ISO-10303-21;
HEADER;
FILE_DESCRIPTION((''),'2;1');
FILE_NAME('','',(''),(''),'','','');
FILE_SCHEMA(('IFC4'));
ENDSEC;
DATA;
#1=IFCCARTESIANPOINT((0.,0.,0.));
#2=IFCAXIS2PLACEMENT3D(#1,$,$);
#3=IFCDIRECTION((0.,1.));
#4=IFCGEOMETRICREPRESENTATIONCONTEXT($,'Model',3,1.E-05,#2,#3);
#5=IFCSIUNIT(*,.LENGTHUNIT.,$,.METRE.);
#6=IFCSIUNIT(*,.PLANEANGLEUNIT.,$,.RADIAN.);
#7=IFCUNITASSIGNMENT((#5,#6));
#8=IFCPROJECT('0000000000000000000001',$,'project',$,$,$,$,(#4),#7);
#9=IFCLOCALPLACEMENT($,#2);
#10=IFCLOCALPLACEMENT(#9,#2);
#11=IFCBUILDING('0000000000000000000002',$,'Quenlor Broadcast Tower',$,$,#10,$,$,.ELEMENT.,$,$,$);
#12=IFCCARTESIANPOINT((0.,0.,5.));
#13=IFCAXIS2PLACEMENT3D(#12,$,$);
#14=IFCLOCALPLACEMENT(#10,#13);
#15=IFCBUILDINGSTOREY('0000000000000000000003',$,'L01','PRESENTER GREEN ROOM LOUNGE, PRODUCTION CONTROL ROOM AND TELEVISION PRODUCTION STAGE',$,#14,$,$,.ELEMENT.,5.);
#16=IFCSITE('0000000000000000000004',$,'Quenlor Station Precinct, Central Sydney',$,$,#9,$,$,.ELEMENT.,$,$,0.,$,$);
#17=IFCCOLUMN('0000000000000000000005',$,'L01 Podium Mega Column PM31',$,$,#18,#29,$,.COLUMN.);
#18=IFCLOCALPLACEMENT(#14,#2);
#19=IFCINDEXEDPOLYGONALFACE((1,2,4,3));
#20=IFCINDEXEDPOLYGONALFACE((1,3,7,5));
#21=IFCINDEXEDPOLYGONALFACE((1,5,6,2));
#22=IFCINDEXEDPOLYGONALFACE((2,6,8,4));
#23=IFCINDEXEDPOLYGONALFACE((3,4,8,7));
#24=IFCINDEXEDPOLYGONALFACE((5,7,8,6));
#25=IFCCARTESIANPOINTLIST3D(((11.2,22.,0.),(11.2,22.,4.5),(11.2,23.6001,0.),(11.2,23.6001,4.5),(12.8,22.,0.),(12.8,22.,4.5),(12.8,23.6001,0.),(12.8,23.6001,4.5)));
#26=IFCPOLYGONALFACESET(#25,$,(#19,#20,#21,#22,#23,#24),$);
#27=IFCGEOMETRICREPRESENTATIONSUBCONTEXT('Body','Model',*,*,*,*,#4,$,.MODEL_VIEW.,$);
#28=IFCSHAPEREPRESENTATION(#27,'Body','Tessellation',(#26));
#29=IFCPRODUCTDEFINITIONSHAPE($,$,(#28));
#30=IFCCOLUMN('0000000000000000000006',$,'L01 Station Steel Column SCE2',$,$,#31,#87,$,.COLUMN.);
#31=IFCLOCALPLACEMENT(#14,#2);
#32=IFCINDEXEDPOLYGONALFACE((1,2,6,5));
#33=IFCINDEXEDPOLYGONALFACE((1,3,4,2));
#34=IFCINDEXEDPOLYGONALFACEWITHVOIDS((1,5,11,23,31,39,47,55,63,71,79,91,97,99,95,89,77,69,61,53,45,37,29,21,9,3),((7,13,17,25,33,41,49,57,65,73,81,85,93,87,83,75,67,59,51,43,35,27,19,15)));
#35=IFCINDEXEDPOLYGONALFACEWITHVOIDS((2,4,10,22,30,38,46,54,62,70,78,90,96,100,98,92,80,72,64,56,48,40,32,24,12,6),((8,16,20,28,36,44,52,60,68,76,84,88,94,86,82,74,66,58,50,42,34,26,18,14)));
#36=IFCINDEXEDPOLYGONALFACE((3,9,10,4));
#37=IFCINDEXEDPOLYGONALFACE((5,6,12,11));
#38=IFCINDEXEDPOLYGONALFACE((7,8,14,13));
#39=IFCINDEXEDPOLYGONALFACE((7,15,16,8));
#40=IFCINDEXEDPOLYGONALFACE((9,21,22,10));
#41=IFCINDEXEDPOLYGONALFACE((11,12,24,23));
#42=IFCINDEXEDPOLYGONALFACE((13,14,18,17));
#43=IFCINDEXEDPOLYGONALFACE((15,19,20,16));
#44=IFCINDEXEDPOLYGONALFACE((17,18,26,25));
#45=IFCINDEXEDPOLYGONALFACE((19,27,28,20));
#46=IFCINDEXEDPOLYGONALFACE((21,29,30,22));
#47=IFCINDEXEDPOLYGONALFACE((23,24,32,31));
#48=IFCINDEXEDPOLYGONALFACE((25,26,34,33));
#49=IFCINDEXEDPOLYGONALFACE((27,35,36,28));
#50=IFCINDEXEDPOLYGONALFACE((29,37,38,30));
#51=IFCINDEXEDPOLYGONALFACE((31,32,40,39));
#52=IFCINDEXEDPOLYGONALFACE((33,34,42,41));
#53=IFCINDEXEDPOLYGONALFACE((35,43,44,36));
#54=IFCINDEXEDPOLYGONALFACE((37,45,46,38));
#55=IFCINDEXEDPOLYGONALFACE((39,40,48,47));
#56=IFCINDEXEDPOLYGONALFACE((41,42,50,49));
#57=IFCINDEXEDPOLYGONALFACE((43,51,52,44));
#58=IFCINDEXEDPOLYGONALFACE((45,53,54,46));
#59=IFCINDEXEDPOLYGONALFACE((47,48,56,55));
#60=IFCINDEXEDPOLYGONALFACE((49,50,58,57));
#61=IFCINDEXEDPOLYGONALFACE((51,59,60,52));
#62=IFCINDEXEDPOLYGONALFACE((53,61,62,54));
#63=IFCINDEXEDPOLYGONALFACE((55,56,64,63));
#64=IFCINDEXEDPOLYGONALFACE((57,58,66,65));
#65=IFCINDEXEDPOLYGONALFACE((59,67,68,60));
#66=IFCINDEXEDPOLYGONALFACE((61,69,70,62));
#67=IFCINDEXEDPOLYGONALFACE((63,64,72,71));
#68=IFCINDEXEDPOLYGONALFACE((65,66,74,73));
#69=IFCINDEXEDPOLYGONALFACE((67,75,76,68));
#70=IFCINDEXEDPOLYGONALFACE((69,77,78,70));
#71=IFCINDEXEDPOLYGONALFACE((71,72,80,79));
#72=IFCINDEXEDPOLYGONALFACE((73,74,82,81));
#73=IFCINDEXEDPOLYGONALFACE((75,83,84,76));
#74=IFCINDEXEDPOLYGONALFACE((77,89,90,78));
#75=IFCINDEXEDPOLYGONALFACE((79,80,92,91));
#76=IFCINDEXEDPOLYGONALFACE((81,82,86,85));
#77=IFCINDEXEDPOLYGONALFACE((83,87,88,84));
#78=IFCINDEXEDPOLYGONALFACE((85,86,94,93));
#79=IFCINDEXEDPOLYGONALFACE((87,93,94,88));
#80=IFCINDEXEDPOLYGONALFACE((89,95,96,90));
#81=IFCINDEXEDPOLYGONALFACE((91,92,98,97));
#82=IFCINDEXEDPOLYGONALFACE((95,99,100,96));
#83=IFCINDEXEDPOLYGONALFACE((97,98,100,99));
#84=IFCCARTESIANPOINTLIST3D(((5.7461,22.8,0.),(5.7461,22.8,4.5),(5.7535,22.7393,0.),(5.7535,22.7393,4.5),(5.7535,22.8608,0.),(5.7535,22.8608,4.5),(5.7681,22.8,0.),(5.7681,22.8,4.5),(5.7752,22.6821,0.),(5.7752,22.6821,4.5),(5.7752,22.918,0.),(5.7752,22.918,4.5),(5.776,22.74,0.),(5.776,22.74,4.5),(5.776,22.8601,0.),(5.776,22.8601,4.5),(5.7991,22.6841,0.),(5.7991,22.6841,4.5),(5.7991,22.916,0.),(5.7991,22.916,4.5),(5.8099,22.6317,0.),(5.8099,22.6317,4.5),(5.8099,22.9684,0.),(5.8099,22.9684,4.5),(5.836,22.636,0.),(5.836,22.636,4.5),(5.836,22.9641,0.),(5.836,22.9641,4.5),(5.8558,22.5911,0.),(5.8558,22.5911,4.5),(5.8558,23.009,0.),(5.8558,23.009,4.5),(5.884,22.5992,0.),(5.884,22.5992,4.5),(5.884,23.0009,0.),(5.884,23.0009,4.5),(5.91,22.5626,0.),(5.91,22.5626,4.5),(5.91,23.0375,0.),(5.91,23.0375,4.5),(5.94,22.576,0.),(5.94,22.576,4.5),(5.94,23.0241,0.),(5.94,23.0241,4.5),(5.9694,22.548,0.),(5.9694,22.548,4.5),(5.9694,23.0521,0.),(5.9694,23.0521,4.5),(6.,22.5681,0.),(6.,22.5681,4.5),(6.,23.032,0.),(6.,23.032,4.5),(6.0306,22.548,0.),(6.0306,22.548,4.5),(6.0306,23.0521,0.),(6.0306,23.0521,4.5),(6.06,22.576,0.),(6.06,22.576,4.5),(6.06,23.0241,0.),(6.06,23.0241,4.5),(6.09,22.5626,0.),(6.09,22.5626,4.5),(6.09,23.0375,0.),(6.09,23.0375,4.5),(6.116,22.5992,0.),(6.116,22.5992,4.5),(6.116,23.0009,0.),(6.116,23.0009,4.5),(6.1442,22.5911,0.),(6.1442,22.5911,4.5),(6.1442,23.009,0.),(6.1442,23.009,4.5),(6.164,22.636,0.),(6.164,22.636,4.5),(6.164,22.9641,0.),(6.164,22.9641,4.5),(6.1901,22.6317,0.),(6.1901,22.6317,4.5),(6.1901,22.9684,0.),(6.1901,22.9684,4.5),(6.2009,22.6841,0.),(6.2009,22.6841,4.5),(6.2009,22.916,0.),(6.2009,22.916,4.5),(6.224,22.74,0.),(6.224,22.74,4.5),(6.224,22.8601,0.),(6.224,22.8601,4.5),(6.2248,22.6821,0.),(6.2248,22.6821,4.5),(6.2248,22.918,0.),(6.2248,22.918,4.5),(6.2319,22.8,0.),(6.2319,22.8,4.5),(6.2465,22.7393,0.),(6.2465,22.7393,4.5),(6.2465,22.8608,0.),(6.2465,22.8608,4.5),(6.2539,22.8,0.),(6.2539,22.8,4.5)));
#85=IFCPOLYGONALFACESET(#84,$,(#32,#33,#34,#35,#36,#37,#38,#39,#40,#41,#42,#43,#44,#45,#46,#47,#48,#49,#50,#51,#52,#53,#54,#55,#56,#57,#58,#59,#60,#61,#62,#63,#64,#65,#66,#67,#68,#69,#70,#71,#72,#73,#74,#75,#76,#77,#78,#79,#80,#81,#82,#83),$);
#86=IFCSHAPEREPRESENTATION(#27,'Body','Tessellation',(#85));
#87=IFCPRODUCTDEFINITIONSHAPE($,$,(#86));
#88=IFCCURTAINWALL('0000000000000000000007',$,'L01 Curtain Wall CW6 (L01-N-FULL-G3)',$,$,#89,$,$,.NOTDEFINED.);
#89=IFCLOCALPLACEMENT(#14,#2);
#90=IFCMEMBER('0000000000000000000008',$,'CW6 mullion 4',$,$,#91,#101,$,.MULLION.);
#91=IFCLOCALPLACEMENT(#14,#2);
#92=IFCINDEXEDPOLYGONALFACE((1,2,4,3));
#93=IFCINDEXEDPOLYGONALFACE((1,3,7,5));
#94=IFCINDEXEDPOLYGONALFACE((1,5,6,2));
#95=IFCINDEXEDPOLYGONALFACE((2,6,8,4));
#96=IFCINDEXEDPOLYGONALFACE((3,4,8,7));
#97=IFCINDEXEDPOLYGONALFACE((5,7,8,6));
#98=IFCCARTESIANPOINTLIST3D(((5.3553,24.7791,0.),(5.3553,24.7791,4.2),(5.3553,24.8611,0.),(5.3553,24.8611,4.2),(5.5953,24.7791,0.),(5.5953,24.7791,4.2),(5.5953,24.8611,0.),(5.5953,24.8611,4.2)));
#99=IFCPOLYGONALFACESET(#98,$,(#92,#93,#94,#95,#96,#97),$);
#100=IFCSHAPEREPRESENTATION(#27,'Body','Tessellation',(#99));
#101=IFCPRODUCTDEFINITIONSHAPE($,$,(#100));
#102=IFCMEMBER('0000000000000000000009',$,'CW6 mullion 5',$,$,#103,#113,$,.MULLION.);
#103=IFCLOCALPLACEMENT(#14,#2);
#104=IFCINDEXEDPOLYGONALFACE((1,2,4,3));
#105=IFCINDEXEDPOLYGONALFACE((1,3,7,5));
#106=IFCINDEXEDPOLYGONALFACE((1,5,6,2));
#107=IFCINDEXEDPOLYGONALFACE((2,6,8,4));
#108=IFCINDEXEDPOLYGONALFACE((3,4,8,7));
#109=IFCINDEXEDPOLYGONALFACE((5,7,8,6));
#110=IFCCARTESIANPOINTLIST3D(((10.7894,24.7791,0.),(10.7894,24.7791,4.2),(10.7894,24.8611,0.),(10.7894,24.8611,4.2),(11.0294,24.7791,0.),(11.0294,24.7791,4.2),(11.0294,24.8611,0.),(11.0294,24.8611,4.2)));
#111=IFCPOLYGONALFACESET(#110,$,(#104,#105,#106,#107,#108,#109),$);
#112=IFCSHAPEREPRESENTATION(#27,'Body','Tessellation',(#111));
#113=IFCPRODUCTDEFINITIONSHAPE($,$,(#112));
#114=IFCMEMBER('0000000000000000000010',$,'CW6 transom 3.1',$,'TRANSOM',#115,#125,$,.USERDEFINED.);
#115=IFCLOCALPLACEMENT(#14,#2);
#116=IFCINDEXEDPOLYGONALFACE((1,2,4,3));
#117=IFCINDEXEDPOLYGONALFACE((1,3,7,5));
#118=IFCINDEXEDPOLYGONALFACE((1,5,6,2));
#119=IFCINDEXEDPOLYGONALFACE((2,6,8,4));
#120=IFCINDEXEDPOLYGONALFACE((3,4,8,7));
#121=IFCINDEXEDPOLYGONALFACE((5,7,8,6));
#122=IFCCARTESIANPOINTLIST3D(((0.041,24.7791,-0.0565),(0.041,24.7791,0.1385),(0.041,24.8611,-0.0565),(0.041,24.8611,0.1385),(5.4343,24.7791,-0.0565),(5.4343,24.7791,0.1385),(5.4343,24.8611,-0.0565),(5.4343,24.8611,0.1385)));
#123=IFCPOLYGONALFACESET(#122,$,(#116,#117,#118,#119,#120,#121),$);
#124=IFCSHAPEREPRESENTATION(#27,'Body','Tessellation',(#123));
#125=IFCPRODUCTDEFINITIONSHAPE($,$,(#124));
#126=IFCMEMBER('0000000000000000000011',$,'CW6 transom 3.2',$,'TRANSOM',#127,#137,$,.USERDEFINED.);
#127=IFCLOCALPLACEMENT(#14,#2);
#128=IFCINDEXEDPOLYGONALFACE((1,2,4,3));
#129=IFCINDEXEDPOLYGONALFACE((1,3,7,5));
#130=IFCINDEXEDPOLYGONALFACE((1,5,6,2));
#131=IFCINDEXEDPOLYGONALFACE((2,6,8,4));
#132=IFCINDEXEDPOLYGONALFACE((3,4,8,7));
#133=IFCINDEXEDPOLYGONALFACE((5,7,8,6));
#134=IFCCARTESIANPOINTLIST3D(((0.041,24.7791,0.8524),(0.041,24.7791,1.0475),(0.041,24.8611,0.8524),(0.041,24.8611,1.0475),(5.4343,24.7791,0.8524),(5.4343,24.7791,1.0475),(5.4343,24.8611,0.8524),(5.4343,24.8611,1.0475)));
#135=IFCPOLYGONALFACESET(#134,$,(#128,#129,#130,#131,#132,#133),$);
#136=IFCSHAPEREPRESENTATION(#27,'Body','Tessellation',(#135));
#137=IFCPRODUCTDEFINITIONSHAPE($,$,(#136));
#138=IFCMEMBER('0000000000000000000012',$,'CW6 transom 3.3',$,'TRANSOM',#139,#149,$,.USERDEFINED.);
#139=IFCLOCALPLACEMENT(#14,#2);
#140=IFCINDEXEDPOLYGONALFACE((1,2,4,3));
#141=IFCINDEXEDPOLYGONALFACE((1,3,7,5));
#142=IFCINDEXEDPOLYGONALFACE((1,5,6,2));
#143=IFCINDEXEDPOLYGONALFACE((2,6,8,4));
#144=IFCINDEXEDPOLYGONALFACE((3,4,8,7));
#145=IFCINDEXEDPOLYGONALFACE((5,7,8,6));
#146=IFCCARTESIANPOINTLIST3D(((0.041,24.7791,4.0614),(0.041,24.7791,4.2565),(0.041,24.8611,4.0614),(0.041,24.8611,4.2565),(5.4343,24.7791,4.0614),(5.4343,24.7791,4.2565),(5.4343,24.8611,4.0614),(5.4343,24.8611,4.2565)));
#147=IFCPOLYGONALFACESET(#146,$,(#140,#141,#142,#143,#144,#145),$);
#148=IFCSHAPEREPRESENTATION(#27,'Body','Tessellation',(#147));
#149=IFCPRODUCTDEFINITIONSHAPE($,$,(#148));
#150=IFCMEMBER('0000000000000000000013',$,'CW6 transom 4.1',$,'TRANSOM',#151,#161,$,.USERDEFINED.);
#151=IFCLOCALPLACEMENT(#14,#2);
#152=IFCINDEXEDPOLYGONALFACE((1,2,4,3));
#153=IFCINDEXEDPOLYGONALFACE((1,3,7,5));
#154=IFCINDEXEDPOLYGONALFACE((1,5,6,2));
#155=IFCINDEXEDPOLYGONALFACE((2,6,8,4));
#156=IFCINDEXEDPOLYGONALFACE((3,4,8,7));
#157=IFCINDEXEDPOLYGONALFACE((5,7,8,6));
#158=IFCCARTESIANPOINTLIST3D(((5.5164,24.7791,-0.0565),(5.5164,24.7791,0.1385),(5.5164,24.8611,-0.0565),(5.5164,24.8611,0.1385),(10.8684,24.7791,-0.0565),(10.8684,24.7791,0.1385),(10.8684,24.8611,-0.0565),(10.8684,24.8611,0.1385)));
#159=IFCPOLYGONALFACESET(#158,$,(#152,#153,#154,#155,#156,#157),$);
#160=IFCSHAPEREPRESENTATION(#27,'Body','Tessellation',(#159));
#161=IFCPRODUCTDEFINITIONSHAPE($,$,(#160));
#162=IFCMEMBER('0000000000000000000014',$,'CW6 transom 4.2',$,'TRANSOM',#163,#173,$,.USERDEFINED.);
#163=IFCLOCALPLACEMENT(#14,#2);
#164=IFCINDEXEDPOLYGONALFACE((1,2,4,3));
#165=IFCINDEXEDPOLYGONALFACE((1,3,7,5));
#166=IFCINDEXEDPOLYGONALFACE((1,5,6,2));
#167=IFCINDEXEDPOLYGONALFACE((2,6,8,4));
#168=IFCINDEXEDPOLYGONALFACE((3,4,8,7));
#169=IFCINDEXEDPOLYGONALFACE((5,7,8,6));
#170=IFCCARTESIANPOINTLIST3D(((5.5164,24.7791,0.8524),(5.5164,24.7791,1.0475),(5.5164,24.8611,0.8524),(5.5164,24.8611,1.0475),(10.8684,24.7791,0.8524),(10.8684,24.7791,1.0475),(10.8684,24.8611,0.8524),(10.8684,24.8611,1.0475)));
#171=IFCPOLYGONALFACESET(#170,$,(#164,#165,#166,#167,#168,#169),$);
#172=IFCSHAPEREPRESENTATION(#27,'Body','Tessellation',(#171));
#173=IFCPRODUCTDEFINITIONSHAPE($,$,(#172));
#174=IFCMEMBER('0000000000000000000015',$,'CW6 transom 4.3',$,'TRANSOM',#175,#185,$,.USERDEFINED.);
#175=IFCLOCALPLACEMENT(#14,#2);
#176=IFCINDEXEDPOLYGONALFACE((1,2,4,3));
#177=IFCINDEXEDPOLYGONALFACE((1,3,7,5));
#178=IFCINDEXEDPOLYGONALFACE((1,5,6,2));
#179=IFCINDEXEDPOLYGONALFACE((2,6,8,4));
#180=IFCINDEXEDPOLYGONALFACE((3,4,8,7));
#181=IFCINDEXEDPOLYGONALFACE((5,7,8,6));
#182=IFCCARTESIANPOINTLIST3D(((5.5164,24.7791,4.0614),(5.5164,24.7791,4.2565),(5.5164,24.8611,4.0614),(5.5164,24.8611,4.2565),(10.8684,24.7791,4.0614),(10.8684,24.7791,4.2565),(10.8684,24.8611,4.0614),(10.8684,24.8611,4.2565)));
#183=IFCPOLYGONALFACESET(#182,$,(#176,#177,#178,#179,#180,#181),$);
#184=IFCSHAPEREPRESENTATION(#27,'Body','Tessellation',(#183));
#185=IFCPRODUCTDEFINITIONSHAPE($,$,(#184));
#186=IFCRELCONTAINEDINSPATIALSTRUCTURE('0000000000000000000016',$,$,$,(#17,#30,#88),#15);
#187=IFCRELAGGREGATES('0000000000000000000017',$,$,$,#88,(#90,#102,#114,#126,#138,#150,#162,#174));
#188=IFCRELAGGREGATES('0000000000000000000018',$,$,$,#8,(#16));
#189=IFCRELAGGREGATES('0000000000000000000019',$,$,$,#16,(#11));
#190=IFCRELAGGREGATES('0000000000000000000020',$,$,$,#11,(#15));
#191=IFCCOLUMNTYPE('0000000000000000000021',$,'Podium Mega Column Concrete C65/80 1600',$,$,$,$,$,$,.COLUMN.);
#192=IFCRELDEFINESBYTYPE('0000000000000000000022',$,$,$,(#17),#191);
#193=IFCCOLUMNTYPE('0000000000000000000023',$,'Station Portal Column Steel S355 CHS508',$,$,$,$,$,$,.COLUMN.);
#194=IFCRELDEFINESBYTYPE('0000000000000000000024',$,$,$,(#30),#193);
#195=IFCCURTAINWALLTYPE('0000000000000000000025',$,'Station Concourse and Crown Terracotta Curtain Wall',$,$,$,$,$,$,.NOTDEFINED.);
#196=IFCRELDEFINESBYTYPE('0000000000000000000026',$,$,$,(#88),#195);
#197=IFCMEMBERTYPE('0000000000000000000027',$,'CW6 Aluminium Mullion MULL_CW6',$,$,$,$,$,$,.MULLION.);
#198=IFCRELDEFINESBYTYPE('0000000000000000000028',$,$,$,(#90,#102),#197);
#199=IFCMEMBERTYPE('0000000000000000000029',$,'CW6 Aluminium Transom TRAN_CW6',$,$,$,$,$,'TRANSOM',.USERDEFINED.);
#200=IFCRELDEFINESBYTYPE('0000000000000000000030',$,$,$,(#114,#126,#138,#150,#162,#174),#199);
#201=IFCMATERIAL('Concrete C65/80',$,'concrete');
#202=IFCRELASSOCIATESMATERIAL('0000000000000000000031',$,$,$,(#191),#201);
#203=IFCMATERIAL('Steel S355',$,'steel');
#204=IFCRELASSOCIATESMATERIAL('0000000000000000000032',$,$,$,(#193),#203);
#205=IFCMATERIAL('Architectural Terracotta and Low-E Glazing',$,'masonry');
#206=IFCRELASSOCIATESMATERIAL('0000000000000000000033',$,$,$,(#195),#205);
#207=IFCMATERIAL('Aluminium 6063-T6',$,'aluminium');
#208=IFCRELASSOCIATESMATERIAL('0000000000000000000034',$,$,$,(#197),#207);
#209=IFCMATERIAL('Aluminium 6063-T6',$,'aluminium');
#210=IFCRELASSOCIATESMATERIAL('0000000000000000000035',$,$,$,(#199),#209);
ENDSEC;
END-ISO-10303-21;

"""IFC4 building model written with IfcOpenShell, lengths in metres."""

from ifc_helpers import new_model, si_unit, direction, frame, origin, origin_2d, place, context, subcontext, project, spatial, rectangle, hollow_circle, extrude, material, material_profile, profile_set, type_object, element, aggregate, save


model = new_model("IFC4")

# Units and contexts
model_context = context("Model", 3, precision=1e-05, world=origin(), true_north=direction((0.0, 1.0)))
body_context = subcontext(model_context, "Body", "Model", "MODEL_VIEW")
ifc_project = project(units=[si_unit("LENGTHUNIT", "METRE"), si_unit("PLANEANGLEUNIT", "RADIAN")], contexts=[model_context])

# Site, building, storey
site_placement = place(None, origin())
site = spatial("IfcSite", under=ifc_project, at=site_placement, Name="Quenlor Station Precinct, Central Sydney", CompositionType="ELEMENT", RefElevation=0.0)
building_placement = place(site_placement, origin())
building = spatial("IfcBuilding", under=site, at=building_placement, Name="Quenlor Broadcast Tower", CompositionType="ELEMENT")
storey_placement = place(building_placement, frame((0.0, 0.0, 5.0)))
storey = spatial("IfcBuildingStorey", under=building, at=storey_placement, Name="L01", Description="PRESENTER GREEN ROOM LOUNGE, PRODUCTION CONTROL ROOM AND TELEVISION PRODUCTION STAGE", CompositionType="ELEMENT", Elevation=5.0)

# Columns
ifc_material_1 = material(Name="Concrete C65/80", Category="concrete")
ifc_material_profile_1 = material_profile(ifc_material_1, rectangle(XDim=1.6001, YDim=1.6001, at=origin_2d()))
ifc_profile_set_1 = profile_set([ifc_material_profile_1], Name="Concrete C65/80 RC1600x1600")
column_type_1 = type_object("IfcColumnType", Name="Podium Mega Column Concrete C65/80 1600", PredefinedType="COLUMN", material=ifc_profile_set_1)
column_1_placement = place(storey_placement, frame((12.0, 22.8, 0.0), z_axis=(0.0, 0.0, 1.0), x_axis=(1.0, 0.0, 0.0)))
element("IfcColumn", 1, at=column_1_placement, inside=storey, type_object=column_type_1, Name="L01 Podium Mega Column PM31", PredefinedType="COLUMN", context=body_context, shape_type="SweptSolid", body=[
    extrude(rectangle(XDim=1.6001, YDim=1.6001, at=origin_2d()), origin(), (0.0, 0.0, 1.0), 4.5),
])
ifc_material_2 = material(Name="Steel S355", Category="steel")
ifc_material_profile_2 = material_profile(ifc_material_2, hollow_circle(Radius=0.2539, WallThickness=0.022, at=origin_2d()))
ifc_profile_set_2 = profile_set([ifc_material_profile_2], Name="Steel S355 CHS508x22")
column_type_2 = type_object("IfcColumnType", Name="Station Portal Column Steel S355 CHS508", PredefinedType="COLUMN", material=ifc_profile_set_2)
column_2_placement = place(storey_placement, frame((6.0, 22.8, 0.0), z_axis=(0.0, 0.0, 1.0), x_axis=(1.0, 0.0, 0.0)))
element("IfcColumn", 2, at=column_2_placement, inside=storey, type_object=column_type_2, Name="L01 Station Steel Column SCE2", PredefinedType="COLUMN", context=body_context, shape_type="SweptSolid", body=[
    extrude(hollow_circle(Radius=0.2539, WallThickness=0.022, at=origin_2d()), origin(), (0.0, 0.0, 1.0), 4.5),
])

# Curtain wall, members
ifc_material_3 = material(Name="Architectural Terracotta and Low-E Glazing", Category="masonry")
curtain_wall_type = type_object("IfcCurtainWallType", Name="Station Concourse and Crown Terracotta Curtain Wall", PredefinedType="NOTDEFINED", material=ifc_material_3)
curtain_wall_placement = place(storey_placement, origin())
curtain_wall = element("IfcCurtainWall", 3, at=curtain_wall_placement, inside=storey, type_object=curtain_wall_type, Name="L01 Curtain Wall CW6 (L01-N-FULL-G3)", PredefinedType="NOTDEFINED")
ifc_material_4 = material(Name="Aluminium 6063-T6", Category="aluminium")
ifc_material_profile_3 = material_profile(ifc_material_4, rectangle(XDim=0.082, YDim=0.24, at=origin_2d()))
ifc_profile_set_3 = profile_set([ifc_material_profile_3], Name="Aluminium 6063-T6 MULL82x240")
member_type_1 = type_object("IfcMemberType", Name="CW6 Aluminium Mullion MULL_CW6", PredefinedType="MULLION", material=ifc_profile_set_3)
member_1_placement = place(storey_placement, frame((5.4753, 24.8201, 0.0), z_axis=(0.0, 0.0, 1.0), x_axis=(0.0, 1.0, 0.0)))
member_1 = element("IfcMember", 4, at=member_1_placement, type_object=member_type_1, Name="CW6 mullion 4", PredefinedType="MULLION", context=body_context, shape_type="SweptSolid", body=[
    extrude(rectangle(XDim=0.082, YDim=0.24, at=origin_2d()), origin(), (0.0, 0.0, 1.0), 4.2),
])
member_2_placement = place(storey_placement, frame((10.9094, 24.8201, 0.0), z_axis=(0.0, 0.0, 1.0), x_axis=(0.0, 1.0, 0.0)))
member_2 = element("IfcMember", 5, at=member_2_placement, type_object=member_type_1, Name="CW6 mullion 5", PredefinedType="MULLION", context=body_context, shape_type="SweptSolid", body=[
    extrude(rectangle(XDim=0.082, YDim=0.24, at=origin_2d()), origin(), (0.0, 0.0, 1.0), 4.2),
])
ifc_material_5 = material(Name="Aluminium 6063-T6", Category="aluminium")
ifc_material_profile_4 = material_profile(ifc_material_5, rectangle(XDim=0.082, YDim=0.1951, at=origin_2d()))
ifc_profile_set_4 = profile_set([ifc_material_profile_4], Name="Aluminium 6063-T6 TRAN82x195")
member_type_2 = type_object("IfcMemberType", Name="CW6 Aluminium Transom TRAN_CW6", ElementType="TRANSOM", PredefinedType="USERDEFINED", material=ifc_profile_set_4)
member_3_placement = place(storey_placement, frame((0.041, 24.8201, 0.041), z_axis=(1.0, 0.0, 0.0), x_axis=(0.0, 1.0, 0.0)))
member_3 = element("IfcMember", 6, at=member_3_placement, type_object=member_type_2, Name="CW6 transom 3.1", ObjectType="TRANSOM", PredefinedType="USERDEFINED", context=body_context, shape_type="SweptSolid", body=[
    extrude(rectangle(XDim=0.082, YDim=0.1951, at=origin_2d()), origin(), (0.0, 0.0, 1.0), 5.3933),
])
member_4_placement = place(storey_placement, frame((0.041, 24.8201, 0.95), z_axis=(1.0, 0.0, 0.0), x_axis=(0.0, 1.0, 0.0)))
member_4 = element("IfcMember", 7, at=member_4_placement, type_object=member_type_2, Name="CW6 transom 3.2", ObjectType="TRANSOM", PredefinedType="USERDEFINED", context=body_context, shape_type="SweptSolid", body=[
    extrude(rectangle(XDim=0.082, YDim=0.1951, at=origin_2d()), origin(), (0.0, 0.0, 1.0), 5.3933),
])
member_5_placement = place(storey_placement, frame((0.041, 24.8201, 4.1589), z_axis=(1.0, 0.0, 0.0), x_axis=(0.0, 1.0, 0.0)))
member_5 = element("IfcMember", 8, at=member_5_placement, type_object=member_type_2, Name="CW6 transom 3.3", ObjectType="TRANSOM", PredefinedType="USERDEFINED", context=body_context, shape_type="SweptSolid", body=[
    extrude(rectangle(XDim=0.082, YDim=0.1951, at=origin_2d()), origin(), (0.0, 0.0, 1.0), 5.3933),
])
member_6_placement = place(storey_placement, frame((5.5164, 24.8201, 0.041), z_axis=(1.0, 0.0, 0.0), x_axis=(0.0, 1.0, 0.0)))
member_6 = element("IfcMember", 9, at=member_6_placement, type_object=member_type_2, Name="CW6 transom 4.1", ObjectType="TRANSOM", PredefinedType="USERDEFINED", context=body_context, shape_type="SweptSolid", body=[
    extrude(rectangle(XDim=0.082, YDim=0.1951, at=origin_2d()), origin(), (0.0, 0.0, 1.0), 5.3521),
])
member_7_placement = place(storey_placement, frame((5.5164, 24.8201, 0.95), z_axis=(1.0, 0.0, 0.0), x_axis=(0.0, 1.0, 0.0)))
member_7 = element("IfcMember", 10, at=member_7_placement, type_object=member_type_2, Name="CW6 transom 4.2", ObjectType="TRANSOM", PredefinedType="USERDEFINED", context=body_context, shape_type="SweptSolid", body=[
    extrude(rectangle(XDim=0.082, YDim=0.1951, at=origin_2d()), origin(), (0.0, 0.0, 1.0), 5.3521),
])
member_8_placement = place(storey_placement, frame((5.5164, 24.8201, 4.1589), z_axis=(1.0, 0.0, 0.0), x_axis=(0.0, 1.0, 0.0)))
member_8 = element("IfcMember", 11, at=member_8_placement, type_object=member_type_2, Name="CW6 transom 4.3", ObjectType="TRANSOM", PredefinedType="USERDEFINED", context=body_context, shape_type="SweptSolid", body=[
    extrude(rectangle(XDim=0.082, YDim=0.1951, at=origin_2d()), origin(), (0.0, 0.0, 1.0), 5.3521),
])

aggregate(curtain_wall, [member_1, member_2, member_3, member_4, member_5, member_6, member_7, member_8])

save(model, "model.ifc")
